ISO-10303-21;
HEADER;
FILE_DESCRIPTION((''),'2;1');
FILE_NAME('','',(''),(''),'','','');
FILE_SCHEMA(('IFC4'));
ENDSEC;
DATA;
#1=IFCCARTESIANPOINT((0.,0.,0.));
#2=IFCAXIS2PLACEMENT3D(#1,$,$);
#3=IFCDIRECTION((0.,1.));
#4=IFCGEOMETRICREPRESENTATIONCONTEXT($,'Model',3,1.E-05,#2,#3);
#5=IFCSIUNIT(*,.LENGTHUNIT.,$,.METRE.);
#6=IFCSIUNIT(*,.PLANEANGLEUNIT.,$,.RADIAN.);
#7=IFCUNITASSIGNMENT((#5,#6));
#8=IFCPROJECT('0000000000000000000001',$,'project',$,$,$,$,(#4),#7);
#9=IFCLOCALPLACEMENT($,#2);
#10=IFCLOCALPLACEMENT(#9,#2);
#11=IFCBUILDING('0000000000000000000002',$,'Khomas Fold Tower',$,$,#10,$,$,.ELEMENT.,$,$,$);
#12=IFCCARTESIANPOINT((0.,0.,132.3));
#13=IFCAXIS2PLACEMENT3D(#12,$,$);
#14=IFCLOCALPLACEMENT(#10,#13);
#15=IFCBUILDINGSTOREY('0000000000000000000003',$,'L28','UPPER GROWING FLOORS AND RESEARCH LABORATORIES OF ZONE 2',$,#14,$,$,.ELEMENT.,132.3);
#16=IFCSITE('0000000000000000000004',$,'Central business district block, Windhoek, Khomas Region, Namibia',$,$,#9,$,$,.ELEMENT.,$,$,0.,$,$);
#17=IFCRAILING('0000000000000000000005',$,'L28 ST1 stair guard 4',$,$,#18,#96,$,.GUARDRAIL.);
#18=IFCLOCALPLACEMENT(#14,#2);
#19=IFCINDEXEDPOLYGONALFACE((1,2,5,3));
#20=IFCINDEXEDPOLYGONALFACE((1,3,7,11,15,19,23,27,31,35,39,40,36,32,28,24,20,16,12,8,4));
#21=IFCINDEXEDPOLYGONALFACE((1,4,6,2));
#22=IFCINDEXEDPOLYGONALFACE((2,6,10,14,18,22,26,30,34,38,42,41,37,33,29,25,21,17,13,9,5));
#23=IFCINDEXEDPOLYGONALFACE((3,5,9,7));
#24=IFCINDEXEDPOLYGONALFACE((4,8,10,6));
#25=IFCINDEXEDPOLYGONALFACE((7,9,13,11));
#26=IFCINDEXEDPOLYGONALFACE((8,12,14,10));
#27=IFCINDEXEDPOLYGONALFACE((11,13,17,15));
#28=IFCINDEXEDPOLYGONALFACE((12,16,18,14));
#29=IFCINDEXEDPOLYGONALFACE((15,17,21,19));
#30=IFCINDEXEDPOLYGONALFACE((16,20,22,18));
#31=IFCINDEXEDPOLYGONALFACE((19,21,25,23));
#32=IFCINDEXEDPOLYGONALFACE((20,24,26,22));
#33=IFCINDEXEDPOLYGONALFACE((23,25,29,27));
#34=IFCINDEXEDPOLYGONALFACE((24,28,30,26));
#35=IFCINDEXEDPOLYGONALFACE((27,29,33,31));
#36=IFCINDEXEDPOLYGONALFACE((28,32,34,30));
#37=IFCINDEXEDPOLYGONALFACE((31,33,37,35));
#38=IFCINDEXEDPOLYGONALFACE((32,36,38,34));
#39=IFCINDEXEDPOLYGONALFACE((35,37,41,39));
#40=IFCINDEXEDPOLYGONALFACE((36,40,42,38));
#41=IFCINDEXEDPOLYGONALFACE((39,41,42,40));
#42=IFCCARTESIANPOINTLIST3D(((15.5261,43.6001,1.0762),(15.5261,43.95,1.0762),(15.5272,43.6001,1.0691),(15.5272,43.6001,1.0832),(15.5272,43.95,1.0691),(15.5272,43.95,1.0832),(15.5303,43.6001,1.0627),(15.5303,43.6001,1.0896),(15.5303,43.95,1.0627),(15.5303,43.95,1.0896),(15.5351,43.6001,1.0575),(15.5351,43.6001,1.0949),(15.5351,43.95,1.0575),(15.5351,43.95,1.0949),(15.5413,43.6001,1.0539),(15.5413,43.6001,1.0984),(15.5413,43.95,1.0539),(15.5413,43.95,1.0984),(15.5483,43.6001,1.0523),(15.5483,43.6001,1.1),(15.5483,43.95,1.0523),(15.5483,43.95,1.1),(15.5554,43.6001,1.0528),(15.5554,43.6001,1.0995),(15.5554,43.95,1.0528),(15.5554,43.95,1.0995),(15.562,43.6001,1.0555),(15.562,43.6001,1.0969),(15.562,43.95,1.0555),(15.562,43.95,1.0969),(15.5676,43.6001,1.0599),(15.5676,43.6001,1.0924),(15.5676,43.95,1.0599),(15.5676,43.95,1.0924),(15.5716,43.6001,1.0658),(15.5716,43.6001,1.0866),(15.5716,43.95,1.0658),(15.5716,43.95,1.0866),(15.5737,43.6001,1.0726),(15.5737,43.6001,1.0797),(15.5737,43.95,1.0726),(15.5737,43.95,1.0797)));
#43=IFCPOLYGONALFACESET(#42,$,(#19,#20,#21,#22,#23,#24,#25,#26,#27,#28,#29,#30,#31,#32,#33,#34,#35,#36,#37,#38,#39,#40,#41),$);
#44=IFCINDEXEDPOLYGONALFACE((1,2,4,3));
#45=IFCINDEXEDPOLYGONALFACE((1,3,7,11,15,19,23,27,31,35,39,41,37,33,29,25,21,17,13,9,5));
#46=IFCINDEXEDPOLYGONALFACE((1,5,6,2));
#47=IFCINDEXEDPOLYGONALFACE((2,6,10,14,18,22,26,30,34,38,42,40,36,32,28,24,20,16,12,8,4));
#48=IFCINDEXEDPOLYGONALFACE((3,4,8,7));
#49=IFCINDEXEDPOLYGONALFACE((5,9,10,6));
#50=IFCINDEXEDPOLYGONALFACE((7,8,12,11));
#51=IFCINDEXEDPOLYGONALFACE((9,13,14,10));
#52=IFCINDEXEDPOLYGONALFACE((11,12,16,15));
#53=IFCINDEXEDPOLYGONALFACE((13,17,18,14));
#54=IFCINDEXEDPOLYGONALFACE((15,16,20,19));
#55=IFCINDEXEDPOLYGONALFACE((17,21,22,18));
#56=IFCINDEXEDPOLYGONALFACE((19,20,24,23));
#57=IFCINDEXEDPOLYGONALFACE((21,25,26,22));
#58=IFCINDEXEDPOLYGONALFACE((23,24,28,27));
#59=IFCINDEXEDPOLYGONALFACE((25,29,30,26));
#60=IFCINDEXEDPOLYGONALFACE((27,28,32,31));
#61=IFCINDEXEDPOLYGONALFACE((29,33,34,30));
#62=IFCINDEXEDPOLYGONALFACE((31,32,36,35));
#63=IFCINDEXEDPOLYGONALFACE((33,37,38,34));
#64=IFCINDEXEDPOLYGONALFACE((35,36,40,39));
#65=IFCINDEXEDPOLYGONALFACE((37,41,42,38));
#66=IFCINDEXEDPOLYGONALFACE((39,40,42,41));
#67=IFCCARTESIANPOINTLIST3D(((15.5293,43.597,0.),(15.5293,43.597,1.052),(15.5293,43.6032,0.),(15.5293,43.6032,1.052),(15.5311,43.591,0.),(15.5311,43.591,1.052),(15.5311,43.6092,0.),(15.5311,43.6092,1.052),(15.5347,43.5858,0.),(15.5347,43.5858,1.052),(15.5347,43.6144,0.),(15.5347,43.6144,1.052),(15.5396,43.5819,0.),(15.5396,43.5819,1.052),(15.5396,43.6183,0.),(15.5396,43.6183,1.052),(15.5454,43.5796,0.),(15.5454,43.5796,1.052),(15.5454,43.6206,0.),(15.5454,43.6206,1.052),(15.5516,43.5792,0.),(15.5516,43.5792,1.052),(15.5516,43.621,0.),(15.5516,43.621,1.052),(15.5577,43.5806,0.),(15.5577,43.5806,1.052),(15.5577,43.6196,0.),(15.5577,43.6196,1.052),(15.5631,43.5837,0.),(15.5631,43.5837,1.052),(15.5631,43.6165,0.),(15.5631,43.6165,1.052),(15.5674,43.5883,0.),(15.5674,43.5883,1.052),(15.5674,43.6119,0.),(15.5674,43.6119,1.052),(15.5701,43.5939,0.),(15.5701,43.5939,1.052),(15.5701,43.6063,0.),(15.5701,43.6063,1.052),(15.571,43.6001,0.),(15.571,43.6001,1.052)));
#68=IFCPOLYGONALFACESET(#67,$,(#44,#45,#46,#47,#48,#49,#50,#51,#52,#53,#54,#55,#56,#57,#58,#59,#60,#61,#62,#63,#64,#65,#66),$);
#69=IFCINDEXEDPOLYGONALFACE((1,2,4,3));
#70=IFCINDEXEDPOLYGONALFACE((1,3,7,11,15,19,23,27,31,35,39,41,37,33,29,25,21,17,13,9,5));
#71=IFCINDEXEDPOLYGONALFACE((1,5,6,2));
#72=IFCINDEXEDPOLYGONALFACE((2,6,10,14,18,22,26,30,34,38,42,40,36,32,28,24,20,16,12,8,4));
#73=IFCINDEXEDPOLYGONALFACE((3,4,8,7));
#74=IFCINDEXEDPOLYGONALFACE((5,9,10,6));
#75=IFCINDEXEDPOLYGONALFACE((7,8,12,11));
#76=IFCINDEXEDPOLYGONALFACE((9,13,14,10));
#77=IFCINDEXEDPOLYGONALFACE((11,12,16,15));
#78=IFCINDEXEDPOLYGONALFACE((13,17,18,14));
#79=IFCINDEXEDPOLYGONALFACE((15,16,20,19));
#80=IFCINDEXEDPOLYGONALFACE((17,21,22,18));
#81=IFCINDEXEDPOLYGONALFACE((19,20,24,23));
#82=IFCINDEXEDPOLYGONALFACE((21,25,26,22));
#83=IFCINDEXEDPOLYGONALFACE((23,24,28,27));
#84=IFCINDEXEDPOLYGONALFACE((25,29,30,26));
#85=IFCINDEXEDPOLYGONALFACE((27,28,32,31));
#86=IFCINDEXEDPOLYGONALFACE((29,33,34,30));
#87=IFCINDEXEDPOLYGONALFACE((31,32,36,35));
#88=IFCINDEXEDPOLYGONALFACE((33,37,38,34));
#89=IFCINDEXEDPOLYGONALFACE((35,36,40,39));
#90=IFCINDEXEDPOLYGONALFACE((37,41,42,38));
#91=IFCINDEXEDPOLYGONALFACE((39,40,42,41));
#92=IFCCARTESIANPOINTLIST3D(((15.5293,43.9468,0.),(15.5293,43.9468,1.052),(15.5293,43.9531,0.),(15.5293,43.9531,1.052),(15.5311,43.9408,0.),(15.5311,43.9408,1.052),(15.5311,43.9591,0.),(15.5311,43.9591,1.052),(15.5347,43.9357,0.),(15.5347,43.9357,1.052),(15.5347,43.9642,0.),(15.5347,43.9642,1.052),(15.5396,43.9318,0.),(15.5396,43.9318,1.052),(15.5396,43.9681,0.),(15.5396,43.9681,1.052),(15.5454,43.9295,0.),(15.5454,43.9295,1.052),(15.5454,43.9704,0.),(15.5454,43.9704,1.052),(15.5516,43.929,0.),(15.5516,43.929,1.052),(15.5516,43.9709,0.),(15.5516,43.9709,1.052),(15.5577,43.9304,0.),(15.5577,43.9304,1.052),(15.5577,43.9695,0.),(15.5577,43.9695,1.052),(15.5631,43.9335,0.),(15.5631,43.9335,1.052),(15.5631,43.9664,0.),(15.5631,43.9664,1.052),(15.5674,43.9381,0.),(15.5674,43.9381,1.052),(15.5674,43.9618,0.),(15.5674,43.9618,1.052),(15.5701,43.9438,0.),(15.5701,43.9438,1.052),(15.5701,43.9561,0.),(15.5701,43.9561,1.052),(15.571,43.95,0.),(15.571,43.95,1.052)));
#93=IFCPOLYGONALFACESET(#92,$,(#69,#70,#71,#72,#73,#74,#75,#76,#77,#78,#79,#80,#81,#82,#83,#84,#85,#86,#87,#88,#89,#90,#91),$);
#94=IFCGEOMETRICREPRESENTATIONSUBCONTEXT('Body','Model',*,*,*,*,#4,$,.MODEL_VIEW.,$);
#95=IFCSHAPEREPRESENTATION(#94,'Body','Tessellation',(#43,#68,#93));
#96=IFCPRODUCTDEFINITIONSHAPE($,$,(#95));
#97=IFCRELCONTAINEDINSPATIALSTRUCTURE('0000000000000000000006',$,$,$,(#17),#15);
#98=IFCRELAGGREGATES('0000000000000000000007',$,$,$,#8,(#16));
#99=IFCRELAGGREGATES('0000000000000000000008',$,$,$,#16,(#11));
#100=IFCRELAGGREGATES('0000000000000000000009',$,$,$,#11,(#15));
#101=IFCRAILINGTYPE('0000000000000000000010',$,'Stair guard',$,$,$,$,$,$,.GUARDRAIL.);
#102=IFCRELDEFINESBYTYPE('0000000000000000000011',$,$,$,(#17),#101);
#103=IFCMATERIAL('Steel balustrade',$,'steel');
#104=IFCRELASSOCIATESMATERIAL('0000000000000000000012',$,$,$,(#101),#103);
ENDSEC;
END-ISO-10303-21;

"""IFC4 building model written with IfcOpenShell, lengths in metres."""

from ifc_helpers import new_model, si_unit, direction, frame, origin, origin_2d, place, context, subcontext, project, spatial, circle, extrude, source, transform, mapped, material, type_object, element, save


model = new_model("IFC4")

# Units and contexts
model_context = context("Model", 3, precision=1e-05, world=origin(), true_north=direction((0.0, 1.0)))
body_context = subcontext(model_context, "Body", "Model", "MODEL_VIEW")
ifc_project = project(units=[si_unit("LENGTHUNIT", "METRE"), si_unit("PLANEANGLEUNIT", "RADIAN")], contexts=[model_context])

# Site, building, storey
site_placement = place(None, origin())
site = spatial("IfcSite", under=ifc_project, at=site_placement, Name="Central business district block, Windhoek, Khomas Region, Namibia", CompositionType="ELEMENT", RefElevation=0.0)
building_placement = place(site_placement, origin())
building = spatial("IfcBuilding", under=site, at=building_placement, Name="Khomas Fold Tower", CompositionType="ELEMENT")
storey_placement = place(building_placement, frame((0.0, 0.0, 132.3)))
storey = spatial("IfcBuildingStorey", under=building, at=storey_placement, Name="L28", Description="UPPER GROWING FLOORS AND RESEARCH LABORATORIES OF ZONE 2", CompositionType="ELEMENT", Elevation=132.3)

# Railing
ifc_material_1 = material(Name="Steel balustrade", Category="steel")
railing_type_1 = type_object("IfcRailingType", Name="Stair guard", PredefinedType="GUARDRAIL", material=ifc_material_1)
shared_shape_1 = source(origin(), body_context, "Body", "SweptSolid", [
    extrude(circle(Radius=0.0239, at=origin_2d()), frame((0.0, 0.0, 1.0762), z_axis=(0.0, 1.0, 0.0), x_axis=(-1.0, 0.0, 0.0)), (0.0, 0.0, 1.0), 0.3499),
    extrude(circle(Radius=0.021, at=origin_2d()), origin(), (0.0, 0.0, 1.0), 1.052),
    extrude(circle(Radius=0.021, at=origin_2d()), frame((0.0, 0.3499, 0.0)), (0.0, 0.0, 1.0), 1.052),
])
for number, where, name in (
    (1, (15.55, 43.6001, 0.0), "L28 ST1 stair guard 4"),
):
    element("IfcRailing", number, at=place(storey_placement, frame(where)), inside=storey, type_object=railing_type_1, Name=name, PredefinedType="GUARDRAIL", context=body_context, shape_type="MappedRepresentation", body=[
        mapped(shared_shape_1, transform((0.0, 0.0, 0.0))),
    ])

save(model, "model.ifc")
